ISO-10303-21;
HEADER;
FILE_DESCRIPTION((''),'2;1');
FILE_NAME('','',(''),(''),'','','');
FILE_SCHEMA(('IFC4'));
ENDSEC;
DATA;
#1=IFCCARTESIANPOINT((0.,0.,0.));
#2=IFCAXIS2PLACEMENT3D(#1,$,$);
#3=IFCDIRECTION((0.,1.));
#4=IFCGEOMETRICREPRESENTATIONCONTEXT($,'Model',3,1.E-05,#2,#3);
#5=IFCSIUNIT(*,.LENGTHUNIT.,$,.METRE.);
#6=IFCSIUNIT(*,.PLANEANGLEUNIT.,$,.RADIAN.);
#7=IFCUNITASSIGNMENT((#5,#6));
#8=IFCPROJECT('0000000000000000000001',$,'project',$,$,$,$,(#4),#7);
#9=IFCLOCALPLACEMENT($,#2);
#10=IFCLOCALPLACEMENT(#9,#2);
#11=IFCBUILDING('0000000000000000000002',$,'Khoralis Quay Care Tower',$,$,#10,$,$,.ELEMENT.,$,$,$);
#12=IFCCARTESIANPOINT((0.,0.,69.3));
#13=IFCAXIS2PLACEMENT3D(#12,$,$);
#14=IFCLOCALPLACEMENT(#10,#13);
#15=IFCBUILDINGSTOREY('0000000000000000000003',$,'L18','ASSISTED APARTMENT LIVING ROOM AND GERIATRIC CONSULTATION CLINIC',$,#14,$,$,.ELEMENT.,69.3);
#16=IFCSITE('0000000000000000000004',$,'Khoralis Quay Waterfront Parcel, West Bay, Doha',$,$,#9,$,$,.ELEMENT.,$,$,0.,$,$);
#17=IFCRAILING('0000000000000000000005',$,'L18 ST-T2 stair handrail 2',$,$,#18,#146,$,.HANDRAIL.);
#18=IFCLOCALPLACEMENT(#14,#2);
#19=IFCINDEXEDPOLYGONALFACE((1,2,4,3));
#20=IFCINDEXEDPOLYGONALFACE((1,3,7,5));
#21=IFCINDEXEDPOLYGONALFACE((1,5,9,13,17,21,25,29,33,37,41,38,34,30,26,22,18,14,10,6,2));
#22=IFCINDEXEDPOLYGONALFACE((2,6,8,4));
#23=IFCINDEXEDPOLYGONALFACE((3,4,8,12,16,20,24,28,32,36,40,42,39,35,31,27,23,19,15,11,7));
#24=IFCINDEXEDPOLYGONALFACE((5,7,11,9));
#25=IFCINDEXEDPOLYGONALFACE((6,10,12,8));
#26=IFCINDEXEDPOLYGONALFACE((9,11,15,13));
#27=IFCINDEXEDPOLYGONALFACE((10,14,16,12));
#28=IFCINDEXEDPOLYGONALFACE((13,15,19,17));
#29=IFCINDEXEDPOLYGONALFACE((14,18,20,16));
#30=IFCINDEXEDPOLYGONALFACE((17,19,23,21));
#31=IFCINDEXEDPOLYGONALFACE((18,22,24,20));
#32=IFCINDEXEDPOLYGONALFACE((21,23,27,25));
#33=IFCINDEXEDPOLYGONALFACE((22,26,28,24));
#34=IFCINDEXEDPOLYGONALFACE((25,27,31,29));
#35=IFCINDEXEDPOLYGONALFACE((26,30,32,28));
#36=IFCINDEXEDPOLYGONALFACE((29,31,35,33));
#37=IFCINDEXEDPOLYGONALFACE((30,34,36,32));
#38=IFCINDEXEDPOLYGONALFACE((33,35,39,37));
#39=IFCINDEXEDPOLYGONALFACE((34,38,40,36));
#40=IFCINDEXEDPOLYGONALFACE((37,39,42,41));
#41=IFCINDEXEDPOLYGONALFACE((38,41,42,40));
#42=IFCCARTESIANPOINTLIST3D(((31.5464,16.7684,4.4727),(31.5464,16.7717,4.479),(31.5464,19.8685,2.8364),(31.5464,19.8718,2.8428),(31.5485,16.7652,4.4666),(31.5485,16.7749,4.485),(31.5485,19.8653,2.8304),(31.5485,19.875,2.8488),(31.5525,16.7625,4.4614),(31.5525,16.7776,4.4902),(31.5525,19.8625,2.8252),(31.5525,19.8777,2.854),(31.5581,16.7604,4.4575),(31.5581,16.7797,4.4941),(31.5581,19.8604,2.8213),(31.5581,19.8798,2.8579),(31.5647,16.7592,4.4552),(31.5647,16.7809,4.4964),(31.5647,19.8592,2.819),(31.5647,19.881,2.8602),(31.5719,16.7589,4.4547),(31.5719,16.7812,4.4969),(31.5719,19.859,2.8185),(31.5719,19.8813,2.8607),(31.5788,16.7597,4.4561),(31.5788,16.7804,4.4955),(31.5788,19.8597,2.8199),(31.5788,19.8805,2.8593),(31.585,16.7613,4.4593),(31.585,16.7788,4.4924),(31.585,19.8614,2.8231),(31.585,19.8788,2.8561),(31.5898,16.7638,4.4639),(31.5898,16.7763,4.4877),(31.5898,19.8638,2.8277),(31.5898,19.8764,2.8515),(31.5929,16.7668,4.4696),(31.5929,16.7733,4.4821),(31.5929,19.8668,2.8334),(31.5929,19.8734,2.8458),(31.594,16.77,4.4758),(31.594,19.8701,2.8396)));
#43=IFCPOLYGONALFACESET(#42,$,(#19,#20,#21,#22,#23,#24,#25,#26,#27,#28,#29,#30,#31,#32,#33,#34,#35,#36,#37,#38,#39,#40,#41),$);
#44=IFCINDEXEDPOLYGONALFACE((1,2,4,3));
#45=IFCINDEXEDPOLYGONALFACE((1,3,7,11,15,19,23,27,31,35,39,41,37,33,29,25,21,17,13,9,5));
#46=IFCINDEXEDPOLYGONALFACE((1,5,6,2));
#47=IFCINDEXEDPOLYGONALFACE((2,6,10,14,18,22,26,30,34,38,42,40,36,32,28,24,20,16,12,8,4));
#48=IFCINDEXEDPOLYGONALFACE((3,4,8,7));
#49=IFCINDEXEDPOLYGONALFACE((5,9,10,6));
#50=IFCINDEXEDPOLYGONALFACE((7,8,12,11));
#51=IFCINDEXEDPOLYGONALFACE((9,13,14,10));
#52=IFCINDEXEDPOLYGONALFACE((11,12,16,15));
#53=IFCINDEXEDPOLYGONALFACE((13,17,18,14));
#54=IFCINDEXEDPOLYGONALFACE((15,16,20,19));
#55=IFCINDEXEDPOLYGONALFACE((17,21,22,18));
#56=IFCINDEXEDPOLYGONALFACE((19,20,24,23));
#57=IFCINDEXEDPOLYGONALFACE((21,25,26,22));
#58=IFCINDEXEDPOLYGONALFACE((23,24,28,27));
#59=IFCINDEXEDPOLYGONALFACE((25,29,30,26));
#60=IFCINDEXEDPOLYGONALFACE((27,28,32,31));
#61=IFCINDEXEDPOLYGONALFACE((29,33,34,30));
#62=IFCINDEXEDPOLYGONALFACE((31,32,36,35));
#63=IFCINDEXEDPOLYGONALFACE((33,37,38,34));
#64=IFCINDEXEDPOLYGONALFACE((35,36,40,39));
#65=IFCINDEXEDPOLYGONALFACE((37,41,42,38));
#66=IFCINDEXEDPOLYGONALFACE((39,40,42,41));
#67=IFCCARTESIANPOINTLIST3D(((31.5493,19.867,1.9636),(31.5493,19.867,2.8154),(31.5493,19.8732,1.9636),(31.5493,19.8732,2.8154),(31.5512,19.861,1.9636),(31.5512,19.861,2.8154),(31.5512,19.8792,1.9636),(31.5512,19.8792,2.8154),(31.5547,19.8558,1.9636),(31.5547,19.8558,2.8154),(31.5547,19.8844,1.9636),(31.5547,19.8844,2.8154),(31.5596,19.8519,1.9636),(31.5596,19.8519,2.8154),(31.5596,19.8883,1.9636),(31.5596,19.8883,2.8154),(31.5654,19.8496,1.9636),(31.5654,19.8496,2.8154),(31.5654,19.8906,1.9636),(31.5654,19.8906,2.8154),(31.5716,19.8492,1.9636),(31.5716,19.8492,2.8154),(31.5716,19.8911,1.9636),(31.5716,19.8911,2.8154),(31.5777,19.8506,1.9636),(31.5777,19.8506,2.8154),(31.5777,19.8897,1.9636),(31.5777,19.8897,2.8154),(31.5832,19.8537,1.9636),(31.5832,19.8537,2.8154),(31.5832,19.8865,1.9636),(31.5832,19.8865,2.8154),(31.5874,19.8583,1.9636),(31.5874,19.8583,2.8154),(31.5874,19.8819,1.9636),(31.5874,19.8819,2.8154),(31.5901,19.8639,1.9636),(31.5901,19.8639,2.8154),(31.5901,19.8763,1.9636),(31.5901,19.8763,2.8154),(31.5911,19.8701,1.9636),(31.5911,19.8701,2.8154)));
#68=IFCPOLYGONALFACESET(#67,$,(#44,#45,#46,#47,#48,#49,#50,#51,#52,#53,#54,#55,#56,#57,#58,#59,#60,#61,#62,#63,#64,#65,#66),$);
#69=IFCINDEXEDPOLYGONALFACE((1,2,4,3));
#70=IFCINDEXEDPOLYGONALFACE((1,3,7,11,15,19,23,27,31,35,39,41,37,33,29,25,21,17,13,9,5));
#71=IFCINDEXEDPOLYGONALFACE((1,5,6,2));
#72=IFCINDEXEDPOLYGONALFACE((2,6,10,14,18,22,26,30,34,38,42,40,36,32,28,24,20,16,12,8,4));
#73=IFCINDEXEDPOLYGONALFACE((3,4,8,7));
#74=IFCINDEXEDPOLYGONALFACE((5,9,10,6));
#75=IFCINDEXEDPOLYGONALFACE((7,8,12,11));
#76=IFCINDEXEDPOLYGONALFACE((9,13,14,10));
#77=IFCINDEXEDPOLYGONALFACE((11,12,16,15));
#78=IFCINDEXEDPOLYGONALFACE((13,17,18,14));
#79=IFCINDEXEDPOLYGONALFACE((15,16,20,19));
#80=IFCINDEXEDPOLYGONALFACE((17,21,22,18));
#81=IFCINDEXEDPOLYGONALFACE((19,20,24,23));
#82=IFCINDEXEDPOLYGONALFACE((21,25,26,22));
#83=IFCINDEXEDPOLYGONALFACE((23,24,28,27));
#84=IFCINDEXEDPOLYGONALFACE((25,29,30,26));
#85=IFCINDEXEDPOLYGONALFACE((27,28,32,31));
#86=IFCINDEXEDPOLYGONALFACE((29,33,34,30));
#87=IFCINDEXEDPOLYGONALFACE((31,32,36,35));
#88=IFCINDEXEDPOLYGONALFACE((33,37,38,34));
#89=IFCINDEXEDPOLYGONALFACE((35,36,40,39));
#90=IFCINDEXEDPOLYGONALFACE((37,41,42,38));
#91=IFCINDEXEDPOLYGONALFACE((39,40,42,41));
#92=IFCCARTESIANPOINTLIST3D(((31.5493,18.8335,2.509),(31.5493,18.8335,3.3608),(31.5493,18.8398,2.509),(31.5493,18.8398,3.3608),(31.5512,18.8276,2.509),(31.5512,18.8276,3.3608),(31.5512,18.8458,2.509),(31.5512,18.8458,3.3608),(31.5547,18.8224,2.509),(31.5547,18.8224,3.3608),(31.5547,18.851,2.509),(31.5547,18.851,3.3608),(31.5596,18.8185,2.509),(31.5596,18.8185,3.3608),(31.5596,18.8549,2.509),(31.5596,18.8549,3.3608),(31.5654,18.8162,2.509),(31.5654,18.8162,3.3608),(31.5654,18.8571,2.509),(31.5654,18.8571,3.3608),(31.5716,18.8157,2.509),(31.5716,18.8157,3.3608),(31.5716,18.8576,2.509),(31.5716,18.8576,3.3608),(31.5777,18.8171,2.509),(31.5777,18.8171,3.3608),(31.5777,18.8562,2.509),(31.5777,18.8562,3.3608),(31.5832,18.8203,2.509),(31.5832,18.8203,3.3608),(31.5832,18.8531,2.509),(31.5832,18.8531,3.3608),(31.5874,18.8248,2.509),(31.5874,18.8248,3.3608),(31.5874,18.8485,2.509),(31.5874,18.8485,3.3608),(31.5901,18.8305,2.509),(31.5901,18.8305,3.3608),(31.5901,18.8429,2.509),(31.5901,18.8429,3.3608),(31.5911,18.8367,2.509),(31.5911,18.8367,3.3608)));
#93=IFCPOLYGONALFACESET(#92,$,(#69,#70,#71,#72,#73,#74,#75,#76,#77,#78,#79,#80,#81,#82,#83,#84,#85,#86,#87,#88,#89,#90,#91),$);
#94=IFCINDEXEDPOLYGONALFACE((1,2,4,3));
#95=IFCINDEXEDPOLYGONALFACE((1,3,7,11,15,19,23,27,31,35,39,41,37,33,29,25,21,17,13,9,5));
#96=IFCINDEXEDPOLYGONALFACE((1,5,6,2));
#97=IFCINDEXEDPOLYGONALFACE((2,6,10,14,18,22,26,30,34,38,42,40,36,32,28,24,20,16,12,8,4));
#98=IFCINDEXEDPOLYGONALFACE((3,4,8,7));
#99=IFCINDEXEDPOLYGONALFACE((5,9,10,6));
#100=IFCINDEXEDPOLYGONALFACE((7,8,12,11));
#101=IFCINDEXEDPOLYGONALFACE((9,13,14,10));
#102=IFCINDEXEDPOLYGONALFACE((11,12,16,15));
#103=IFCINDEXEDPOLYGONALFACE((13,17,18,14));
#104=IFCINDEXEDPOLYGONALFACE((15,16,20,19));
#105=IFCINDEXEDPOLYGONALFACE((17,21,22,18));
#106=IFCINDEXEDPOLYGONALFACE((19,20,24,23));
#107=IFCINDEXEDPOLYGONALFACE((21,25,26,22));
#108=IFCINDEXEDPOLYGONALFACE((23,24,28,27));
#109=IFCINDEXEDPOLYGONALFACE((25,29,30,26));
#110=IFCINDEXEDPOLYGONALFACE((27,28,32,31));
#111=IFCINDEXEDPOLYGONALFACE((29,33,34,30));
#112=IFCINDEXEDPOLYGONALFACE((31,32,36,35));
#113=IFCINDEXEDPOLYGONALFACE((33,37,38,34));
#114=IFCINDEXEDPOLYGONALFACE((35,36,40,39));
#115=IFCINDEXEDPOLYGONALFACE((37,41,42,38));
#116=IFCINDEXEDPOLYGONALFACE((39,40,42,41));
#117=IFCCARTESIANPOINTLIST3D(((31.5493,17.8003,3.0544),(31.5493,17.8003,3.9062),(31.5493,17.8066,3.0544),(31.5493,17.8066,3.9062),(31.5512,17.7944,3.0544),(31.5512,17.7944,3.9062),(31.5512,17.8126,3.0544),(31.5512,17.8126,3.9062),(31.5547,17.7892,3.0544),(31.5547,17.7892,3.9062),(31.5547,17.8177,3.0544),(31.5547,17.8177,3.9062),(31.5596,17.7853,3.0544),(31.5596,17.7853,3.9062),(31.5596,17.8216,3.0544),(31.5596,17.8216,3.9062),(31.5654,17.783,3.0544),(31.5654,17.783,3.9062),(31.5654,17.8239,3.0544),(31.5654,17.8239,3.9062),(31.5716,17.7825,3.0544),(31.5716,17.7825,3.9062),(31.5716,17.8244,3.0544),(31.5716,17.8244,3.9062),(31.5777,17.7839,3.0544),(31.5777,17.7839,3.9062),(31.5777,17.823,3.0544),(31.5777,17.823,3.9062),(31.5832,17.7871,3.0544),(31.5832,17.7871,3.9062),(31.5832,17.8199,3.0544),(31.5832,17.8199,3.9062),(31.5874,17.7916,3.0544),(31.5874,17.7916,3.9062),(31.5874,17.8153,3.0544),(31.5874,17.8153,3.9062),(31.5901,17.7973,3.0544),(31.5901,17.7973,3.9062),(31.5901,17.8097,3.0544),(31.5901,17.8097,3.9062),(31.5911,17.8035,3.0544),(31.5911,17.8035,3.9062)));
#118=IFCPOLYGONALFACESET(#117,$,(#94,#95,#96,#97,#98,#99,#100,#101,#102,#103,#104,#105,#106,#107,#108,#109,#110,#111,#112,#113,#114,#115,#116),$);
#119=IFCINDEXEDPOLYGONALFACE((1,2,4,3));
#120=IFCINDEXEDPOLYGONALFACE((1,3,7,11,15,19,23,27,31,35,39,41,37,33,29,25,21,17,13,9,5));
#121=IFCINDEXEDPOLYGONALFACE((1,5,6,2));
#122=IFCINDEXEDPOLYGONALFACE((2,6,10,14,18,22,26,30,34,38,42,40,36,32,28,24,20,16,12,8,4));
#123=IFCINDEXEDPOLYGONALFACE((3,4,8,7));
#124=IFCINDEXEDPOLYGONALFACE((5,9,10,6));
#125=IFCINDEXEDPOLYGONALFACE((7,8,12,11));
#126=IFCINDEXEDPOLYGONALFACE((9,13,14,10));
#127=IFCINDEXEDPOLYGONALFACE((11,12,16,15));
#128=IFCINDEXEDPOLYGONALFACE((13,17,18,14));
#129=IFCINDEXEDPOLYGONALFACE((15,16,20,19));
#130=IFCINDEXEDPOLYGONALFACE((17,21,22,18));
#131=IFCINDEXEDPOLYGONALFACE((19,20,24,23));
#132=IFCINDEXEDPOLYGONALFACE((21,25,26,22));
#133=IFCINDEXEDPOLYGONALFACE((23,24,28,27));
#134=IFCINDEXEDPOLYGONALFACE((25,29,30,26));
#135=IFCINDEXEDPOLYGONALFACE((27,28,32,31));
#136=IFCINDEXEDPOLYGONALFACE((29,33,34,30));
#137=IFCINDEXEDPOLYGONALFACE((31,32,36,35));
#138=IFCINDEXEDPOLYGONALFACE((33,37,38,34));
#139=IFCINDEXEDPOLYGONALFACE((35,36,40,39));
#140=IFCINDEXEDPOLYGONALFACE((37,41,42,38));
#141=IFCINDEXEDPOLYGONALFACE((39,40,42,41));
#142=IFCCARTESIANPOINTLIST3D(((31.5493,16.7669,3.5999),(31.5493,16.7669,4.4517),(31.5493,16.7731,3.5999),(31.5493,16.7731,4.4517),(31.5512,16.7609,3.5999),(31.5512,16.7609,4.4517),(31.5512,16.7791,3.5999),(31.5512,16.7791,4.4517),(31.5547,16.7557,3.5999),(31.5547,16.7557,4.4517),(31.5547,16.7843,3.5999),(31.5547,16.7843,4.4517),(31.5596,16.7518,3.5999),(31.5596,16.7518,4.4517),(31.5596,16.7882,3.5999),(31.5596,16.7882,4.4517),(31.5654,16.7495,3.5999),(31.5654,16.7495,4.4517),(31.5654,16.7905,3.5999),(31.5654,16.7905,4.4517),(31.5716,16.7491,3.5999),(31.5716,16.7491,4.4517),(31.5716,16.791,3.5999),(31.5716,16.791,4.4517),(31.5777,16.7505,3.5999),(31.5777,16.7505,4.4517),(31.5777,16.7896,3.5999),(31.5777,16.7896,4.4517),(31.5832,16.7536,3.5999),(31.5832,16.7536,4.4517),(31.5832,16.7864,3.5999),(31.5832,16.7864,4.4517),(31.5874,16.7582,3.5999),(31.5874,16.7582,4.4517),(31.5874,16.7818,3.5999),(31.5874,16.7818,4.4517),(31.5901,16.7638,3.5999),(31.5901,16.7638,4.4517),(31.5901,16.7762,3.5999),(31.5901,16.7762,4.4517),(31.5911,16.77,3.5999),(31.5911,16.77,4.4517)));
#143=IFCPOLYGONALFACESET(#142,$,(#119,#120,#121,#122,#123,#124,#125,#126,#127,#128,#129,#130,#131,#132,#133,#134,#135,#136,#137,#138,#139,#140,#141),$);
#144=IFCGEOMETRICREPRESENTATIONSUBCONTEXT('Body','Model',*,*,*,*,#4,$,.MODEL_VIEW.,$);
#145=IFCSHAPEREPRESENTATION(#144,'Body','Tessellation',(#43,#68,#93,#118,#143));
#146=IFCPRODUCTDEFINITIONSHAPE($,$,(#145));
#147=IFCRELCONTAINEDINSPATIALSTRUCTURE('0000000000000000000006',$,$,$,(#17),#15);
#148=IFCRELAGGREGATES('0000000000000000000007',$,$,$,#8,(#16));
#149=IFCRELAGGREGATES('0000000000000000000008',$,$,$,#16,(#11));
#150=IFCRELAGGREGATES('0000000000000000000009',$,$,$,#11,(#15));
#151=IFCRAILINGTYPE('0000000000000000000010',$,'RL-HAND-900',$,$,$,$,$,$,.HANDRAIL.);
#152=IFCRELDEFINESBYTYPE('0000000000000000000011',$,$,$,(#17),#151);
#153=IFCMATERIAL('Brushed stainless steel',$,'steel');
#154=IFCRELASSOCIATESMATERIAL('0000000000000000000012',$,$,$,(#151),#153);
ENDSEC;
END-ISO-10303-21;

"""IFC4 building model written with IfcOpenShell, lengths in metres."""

from ifc_helpers import new_model, si_unit, direction, frame, origin, origin_2d, place, context, subcontext, project, spatial, circle, extrude, material, type_object, element, save


model = new_model("IFC4")

# Units and contexts
model_context = context("Model", 3, precision=1e-05, world=origin(), true_north=direction((0.0, 1.0)))
body_context = subcontext(model_context, "Body", "Model", "MODEL_VIEW")
ifc_project = project(units=[si_unit("LENGTHUNIT", "METRE"), si_unit("PLANEANGLEUNIT", "RADIAN")], contexts=[model_context])

# Site, building, storey
site_placement = place(None, origin())
site = spatial("IfcSite", under=ifc_project, at=site_placement, Name="Khoralis Quay Waterfront Parcel, West Bay, Doha", CompositionType="ELEMENT", RefElevation=0.0)
building_placement = place(site_placement, origin())
building = spatial("IfcBuilding", under=site, at=building_placement, Name="Khoralis Quay Care Tower", CompositionType="ELEMENT")
storey_placement = place(building_placement, frame((0.0, 0.0, 69.3)))
storey = spatial("IfcBuildingStorey", under=building, at=storey_placement, Name="L18", Description="ASSISTED APARTMENT LIVING ROOM AND GERIATRIC CONSULTATION CLINIC", CompositionType="ELEMENT", Elevation=69.3)

# Shared definitions
ifc_material_1 = material(Name="Brushed stainless steel", Category="steel")

# Railing
railing_type_1 = type_object("IfcRailingType", Name="RL-HAND-900", PredefinedType="HANDRAIL", material=ifc_material_1)
railing_1_placement = place(storey_placement, frame((31.5701, 19.8701, 1.9636)))
element("IfcRailing", 1, at=railing_1_placement, inside=storey, type_object=railing_type_1, Name="L18 ST-T2 stair handrail 2", PredefinedType="HANDRAIL", context=body_context, shape_type="SweptSolid", body=[
    extrude(circle(Radius=0.0239, at=origin_2d()), frame((0.0, 0.0, 0.876), z_axis=(0.0, -0.884377, 0.466774), x_axis=(1.0, 0.0, 0.0)), (0.0, 0.0, 1.0), 3.5054),
    extrude(circle(Radius=0.021, at=origin_2d()), origin(), (0.0, 0.0, 1.0), 0.8518),
    extrude(circle(Radius=0.021, at=origin_2d()), frame((0.0, -1.0334, 0.5454)), (0.0, 0.0, 1.0), 0.8518),
    extrude(circle(Radius=0.021, at=origin_2d()), frame((0.0, -2.0667, 1.0908)), (0.0, 0.0, 1.0), 0.8518),
    extrude(circle(Radius=0.021, at=origin_2d()), frame((0.0, -3.1001, 1.6362)), (0.0, 0.0, 1.0), 0.8518),
])

save(model, "model.ifc")
